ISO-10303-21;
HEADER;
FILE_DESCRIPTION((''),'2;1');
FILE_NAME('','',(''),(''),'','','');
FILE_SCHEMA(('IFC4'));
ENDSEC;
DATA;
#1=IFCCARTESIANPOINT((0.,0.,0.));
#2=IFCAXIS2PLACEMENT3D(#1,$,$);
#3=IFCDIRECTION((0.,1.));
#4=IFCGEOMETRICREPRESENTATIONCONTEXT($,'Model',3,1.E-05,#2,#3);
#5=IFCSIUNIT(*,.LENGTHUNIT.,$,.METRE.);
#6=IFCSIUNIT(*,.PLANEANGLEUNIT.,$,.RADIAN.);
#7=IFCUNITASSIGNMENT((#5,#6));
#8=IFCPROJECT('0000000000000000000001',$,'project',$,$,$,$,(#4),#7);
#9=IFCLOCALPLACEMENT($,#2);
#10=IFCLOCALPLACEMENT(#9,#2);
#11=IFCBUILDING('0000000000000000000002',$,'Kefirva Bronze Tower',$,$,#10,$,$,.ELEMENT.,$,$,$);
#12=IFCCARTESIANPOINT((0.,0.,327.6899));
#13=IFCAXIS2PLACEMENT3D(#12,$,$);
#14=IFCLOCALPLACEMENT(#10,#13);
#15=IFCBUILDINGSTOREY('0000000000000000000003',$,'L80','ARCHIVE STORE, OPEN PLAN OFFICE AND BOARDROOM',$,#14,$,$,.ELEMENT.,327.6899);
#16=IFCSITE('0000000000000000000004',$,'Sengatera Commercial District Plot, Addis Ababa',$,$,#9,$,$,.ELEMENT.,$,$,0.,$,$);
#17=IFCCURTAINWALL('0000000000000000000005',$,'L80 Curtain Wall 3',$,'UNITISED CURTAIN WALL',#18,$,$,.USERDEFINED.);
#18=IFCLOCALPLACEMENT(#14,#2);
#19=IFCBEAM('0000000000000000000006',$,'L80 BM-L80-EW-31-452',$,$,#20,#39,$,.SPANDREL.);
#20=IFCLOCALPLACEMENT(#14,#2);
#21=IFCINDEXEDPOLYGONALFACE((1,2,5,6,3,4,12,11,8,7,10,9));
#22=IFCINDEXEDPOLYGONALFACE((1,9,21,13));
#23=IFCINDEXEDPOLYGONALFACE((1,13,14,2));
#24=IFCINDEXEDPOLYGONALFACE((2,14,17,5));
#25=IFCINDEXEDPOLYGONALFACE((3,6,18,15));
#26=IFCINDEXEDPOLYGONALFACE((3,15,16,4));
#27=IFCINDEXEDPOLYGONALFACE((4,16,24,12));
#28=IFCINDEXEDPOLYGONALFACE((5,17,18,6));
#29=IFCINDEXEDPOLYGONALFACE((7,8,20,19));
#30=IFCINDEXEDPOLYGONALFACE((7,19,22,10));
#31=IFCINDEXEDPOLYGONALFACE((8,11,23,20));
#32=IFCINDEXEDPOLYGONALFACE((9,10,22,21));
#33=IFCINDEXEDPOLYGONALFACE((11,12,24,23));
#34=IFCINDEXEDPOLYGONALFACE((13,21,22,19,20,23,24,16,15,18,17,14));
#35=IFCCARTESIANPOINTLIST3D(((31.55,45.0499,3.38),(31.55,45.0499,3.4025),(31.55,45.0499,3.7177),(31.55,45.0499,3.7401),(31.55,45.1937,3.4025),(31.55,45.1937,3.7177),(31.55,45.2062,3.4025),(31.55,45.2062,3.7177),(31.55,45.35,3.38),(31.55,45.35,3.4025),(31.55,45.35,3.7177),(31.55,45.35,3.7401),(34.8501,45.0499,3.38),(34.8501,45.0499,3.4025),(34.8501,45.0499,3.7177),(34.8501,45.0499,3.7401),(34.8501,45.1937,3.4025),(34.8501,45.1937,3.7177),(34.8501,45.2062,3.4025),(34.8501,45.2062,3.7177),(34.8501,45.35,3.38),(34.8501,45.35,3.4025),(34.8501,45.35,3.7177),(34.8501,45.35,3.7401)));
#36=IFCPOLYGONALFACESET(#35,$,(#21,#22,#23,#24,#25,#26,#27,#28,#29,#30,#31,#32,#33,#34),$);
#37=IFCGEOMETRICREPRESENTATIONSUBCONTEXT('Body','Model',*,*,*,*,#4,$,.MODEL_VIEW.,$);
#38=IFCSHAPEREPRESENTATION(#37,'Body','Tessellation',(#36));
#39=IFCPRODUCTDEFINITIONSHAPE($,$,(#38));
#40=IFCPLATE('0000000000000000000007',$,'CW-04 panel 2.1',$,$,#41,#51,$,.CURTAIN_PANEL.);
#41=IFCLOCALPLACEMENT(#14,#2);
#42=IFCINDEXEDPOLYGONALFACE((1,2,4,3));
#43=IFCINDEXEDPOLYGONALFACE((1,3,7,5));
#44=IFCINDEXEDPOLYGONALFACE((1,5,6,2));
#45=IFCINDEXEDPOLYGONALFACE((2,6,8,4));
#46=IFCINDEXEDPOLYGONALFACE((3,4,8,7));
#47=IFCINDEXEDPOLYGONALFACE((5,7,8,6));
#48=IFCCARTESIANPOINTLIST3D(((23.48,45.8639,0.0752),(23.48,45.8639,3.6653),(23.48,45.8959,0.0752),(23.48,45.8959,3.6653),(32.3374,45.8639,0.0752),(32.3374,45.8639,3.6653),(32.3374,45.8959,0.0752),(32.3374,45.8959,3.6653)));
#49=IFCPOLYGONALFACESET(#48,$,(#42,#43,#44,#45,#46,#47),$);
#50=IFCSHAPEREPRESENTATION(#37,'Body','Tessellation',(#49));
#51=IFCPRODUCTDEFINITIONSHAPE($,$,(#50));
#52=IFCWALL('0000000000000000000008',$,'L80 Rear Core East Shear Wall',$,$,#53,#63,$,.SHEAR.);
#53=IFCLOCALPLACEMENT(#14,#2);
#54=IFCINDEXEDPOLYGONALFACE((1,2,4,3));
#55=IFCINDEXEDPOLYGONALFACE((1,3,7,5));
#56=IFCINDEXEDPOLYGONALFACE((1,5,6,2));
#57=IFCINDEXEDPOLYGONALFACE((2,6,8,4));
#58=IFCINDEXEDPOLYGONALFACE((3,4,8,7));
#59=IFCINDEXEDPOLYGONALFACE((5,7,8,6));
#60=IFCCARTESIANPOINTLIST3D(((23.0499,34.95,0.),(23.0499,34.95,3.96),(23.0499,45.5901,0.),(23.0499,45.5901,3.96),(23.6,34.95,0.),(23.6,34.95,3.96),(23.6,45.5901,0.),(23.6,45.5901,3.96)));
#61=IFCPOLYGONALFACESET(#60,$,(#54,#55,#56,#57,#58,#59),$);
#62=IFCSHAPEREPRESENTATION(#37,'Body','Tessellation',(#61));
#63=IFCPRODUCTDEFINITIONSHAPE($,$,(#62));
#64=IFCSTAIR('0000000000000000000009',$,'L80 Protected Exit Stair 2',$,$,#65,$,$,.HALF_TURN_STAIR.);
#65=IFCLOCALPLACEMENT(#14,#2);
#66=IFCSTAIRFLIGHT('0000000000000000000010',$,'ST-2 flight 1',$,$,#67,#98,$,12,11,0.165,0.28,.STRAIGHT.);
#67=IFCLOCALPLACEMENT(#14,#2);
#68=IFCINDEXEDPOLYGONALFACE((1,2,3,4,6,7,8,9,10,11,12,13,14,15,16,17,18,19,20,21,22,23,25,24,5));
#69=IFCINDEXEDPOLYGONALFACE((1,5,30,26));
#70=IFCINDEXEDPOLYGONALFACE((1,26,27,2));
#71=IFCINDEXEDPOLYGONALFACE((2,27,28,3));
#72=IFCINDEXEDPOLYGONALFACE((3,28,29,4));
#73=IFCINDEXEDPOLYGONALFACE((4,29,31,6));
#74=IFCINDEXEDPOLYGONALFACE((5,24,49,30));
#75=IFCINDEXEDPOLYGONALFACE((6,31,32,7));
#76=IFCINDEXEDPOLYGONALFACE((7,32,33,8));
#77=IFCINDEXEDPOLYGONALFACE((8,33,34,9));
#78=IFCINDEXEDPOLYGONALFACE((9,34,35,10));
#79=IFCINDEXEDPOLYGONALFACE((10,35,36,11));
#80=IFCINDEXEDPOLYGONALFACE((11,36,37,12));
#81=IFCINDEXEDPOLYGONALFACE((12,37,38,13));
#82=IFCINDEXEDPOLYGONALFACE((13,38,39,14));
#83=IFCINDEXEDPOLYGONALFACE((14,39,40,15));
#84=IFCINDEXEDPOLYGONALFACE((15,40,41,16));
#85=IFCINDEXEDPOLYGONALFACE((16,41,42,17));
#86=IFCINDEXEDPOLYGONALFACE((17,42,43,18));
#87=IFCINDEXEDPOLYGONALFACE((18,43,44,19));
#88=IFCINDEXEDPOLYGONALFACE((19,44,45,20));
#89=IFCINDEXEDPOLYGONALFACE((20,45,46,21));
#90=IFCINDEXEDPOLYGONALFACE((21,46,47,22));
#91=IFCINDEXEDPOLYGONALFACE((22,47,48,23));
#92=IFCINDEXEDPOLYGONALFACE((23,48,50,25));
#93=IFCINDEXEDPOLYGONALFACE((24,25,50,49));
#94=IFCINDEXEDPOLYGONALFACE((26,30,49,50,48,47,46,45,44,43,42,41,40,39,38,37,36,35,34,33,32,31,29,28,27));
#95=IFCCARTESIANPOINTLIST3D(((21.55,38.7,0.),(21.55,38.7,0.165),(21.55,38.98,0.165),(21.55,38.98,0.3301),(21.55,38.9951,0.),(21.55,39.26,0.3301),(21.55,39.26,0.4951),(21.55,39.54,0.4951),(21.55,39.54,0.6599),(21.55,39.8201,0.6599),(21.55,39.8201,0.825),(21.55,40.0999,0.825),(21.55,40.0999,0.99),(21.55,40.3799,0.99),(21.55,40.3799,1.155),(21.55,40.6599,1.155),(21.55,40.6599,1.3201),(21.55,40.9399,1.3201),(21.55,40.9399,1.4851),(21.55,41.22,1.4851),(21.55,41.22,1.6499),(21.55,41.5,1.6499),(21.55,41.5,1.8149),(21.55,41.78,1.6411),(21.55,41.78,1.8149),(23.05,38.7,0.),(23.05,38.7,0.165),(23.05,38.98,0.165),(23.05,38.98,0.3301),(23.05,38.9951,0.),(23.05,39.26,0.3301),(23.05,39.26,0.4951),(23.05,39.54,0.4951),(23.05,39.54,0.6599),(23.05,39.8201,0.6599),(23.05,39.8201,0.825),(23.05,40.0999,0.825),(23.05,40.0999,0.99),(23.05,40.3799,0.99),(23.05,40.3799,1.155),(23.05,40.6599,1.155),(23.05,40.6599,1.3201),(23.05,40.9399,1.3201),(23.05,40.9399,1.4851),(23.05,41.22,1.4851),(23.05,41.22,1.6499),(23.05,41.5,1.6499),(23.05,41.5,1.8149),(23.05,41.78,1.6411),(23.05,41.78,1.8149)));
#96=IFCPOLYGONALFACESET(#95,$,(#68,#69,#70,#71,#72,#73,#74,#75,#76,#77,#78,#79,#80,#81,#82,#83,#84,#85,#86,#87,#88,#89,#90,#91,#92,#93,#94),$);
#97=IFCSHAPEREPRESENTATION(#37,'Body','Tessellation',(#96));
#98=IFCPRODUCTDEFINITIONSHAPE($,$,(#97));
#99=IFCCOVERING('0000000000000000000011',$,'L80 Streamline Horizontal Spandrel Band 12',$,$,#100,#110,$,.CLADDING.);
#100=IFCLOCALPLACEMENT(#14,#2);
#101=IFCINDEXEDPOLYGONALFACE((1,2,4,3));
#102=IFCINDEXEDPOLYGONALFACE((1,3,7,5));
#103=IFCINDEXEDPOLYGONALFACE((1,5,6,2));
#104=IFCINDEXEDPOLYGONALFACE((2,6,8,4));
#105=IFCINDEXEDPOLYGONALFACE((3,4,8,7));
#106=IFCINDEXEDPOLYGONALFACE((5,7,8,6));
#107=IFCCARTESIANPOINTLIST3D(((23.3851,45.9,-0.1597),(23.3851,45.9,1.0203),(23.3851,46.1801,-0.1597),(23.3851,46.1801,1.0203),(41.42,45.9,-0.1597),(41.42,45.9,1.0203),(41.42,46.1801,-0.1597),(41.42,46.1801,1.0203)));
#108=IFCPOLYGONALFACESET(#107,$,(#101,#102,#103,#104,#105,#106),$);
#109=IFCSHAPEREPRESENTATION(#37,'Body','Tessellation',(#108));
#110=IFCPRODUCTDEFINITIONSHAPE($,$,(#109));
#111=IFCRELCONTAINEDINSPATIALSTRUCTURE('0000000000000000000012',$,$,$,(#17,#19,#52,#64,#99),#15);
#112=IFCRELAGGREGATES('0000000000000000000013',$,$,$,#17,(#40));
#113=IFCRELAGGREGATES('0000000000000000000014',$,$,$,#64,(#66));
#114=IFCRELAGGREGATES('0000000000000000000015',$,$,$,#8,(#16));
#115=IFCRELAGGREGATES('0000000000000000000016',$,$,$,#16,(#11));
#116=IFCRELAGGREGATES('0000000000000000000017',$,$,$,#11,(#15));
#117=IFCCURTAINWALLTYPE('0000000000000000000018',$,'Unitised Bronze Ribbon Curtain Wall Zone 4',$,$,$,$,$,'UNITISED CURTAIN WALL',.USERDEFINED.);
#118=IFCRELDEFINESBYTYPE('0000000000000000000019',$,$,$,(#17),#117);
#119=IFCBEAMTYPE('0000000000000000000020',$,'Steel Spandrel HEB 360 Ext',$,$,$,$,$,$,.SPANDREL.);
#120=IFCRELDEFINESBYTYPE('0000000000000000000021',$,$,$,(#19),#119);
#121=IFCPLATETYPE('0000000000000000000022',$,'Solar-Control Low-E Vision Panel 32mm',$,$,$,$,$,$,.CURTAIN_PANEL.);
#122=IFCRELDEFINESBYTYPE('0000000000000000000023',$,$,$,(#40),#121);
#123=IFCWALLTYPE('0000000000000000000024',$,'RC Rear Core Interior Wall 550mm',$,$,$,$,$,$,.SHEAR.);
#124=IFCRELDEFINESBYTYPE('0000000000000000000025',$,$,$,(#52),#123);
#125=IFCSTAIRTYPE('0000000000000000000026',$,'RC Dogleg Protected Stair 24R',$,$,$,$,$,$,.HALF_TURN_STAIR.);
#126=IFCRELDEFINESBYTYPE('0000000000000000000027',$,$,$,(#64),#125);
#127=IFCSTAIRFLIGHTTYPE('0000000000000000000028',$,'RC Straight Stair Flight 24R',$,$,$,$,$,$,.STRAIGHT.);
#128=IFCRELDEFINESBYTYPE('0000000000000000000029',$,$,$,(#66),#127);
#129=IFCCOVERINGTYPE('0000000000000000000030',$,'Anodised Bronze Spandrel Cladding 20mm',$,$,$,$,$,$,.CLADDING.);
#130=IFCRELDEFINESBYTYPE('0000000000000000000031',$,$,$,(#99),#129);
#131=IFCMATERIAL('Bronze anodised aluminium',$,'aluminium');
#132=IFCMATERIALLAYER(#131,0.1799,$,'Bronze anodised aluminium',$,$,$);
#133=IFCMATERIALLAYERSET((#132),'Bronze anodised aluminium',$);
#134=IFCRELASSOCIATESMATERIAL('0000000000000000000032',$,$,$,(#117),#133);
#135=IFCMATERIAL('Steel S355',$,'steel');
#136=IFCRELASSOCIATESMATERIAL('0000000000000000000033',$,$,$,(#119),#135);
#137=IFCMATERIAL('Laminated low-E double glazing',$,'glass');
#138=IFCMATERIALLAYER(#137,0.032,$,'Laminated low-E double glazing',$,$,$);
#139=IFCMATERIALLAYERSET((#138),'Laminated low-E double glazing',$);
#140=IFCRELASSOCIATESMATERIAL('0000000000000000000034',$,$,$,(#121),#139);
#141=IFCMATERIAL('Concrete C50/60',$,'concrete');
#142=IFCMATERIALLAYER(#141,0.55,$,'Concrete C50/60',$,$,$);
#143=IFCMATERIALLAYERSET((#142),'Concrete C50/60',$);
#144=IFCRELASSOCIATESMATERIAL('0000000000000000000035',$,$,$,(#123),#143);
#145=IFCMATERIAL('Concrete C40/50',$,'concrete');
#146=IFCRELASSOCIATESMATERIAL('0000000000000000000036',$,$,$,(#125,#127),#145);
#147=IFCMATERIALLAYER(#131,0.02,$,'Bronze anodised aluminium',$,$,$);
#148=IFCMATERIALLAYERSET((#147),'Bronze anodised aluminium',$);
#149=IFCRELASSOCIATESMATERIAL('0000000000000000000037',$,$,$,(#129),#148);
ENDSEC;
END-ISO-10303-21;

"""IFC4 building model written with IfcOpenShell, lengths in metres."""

from ifc_helpers import new_model, si_unit, direction, frame, frame_2d, origin, origin_2d, place, context, subcontext, project, spatial, polyline, rectangle, i_section, outline, extrude, material, layer, layer_set, material_profile, profile_set, type_object, element, aggregate, save


model = new_model("IFC4")

# Units and contexts
model_context = context("Model", 3, precision=1e-05, world=origin(), true_north=direction((0.0, 1.0)))
body_context = subcontext(model_context, "Body", "Model", "MODEL_VIEW")
ifc_project = project(units=[si_unit("LENGTHUNIT", "METRE"), si_unit("PLANEANGLEUNIT", "RADIAN")], contexts=[model_context])

# Site, building, storey
site_placement = place(None, origin())
site = spatial("IfcSite", under=ifc_project, at=site_placement, Name="Sengatera Commercial District Plot, Addis Ababa", CompositionType="ELEMENT", RefElevation=0.0)
building_placement = place(site_placement, origin())
building = spatial("IfcBuilding", under=site, at=building_placement, Name="Kefirva Bronze Tower", CompositionType="ELEMENT")
storey_placement = place(building_placement, frame((0.0, 0.0, 327.6899)))
storey = spatial("IfcBuildingStorey", under=building, at=storey_placement, Name="L80", Description="ARCHIVE STORE, OPEN PLAN OFFICE AND BOARDROOM", CompositionType="ELEMENT", Elevation=327.6899)

# Shared definitions
ifc_material_1 = material(Name="Concrete C50/60", Category="concrete")

# Curtain wall
ifc_material_2 = material(Name="Bronze anodised aluminium", Category="aluminium")
ifc_layer_1 = layer(ifc_material_2, 0.1799, Name="Bronze anodised aluminium")
ifc_layer_set_1 = layer_set([ifc_layer_1], Name="Bronze anodised aluminium")
curtain_wall_type = type_object("IfcCurtainWallType", Name="Unitised Bronze Ribbon Curtain Wall Zone 4", ElementType="UNITISED CURTAIN WALL", PredefinedType="USERDEFINED", material=ifc_layer_set_1)
curtain_wall_placement = place(storey_placement, origin())
curtain_wall = element("IfcCurtainWall", 1, at=curtain_wall_placement, inside=storey, type_object=curtain_wall_type, Name="L80 Curtain Wall 3", ObjectType="UNITISED CURTAIN WALL", PredefinedType="USERDEFINED")

# Beam
ifc_material_3 = material(Name="Steel S355", Category="steel")
ifc_material_profile_1 = material_profile(ifc_material_3, i_section(OverallWidth=0.3, OverallDepth=0.3601, WebThickness=0.0125, FlangeThickness=0.0225, at=origin_2d()), Name="HEB 360")
ifc_profile_set_1 = profile_set([ifc_material_profile_1], Name="Steel S355")
beam_type_1 = type_object("IfcBeamType", Name="Steel Spandrel HEB 360 Ext", PredefinedType="SPANDREL", material=ifc_profile_set_1)
beam_1_placement = place(storey_placement, frame((31.55, 45.2, 3.5601), z_axis=(1.0, 0.0, 0.0), x_axis=(0.0, 1.0, 0.0)))
element("IfcBeam", 2, at=beam_1_placement, inside=storey, type_object=beam_type_1, Name="L80 BM-L80-EW-31-452", PredefinedType="SPANDREL", context=body_context, shape_type="SweptSolid", body=[
    extrude(i_section(OverallWidth=0.3, OverallDepth=0.3601, WebThickness=0.0125, FlangeThickness=0.0225, at=origin_2d()), origin(), (0.0, 0.0, 1.0), 3.3),
])

# Plate
ifc_material_4 = material(Name="Laminated low-E double glazing", Category="glass")
ifc_layer_2 = layer(ifc_material_4, 0.032, Name="Laminated low-E double glazing")
ifc_layer_set_2 = layer_set([ifc_layer_2], Name="Laminated low-E double glazing")
plate_type = type_object("IfcPlateType", Name="Solar-Control Low-E Vision Panel 32mm", PredefinedType="CURTAIN_PANEL", material=ifc_layer_set_2)
plate_placement = place(storey_placement, frame((27.9087, 45.8799, 0.0752), z_axis=(0.0, 0.0, 1.0), x_axis=(-1.0, 0.0, 0.0)))
plate = element("IfcPlate", 3, at=plate_placement, type_object=plate_type, Name="CW-04 panel 2.1", PredefinedType="CURTAIN_PANEL", context=body_context, shape_type="SweptSolid", body=[
    extrude(rectangle(XDim=8.8574, YDim=0.032, at=origin_2d()), origin(), (0.0, 0.0, 1.0), 3.5901),
])
aggregate(curtain_wall, [plate])

# Wall
ifc_layer_3 = layer(ifc_material_1, 0.55, Name="Concrete C50/60")
ifc_layer_set_3 = layer_set([ifc_layer_3], Name="Concrete C50/60")
wall_type = type_object("IfcWallType", Name="RC Rear Core Interior Wall 550mm", PredefinedType="SHEAR", material=ifc_layer_set_3)
wall_placement = place(storey_placement, frame((23.325, 34.95, 0.0), z_axis=(0.0, 0.0, 1.0), x_axis=(0.0, 1.0, 0.0)))
element("IfcWall", 4, at=wall_placement, inside=storey, type_object=wall_type, Name="L80 Rear Core East Shear Wall", PredefinedType="SHEAR", context=body_context, shape_type="SweptSolid", body=[
    extrude(rectangle(XDim=10.6401, YDim=0.55, at=frame_2d((5.3201, 0.0))), origin(), (0.0, 0.0, 1.0), 3.96),
])

# Stair, stair flight
ifc_material_5 = material(Name="Concrete C40/50", Category="concrete")
stair_type = type_object("IfcStairType", Name="RC Dogleg Protected Stair 24R", PredefinedType="HALF_TURN_STAIR", material=ifc_material_5)
stair_placement = place(storey_placement, origin())
stair = element("IfcStair", 5, at=stair_placement, inside=storey, type_object=stair_type, Name="L80 Protected Exit Stair 2", PredefinedType="HALF_TURN_STAIR")
stair_flight_type = type_object("IfcStairFlightType", Name="RC Straight Stair Flight 24R", PredefinedType="STRAIGHT", material=ifc_material_5)
stair_flight_placement = place(storey_placement, frame((22.3, 38.7, 0.0), z_axis=(0.0, 0.0, 1.0), x_axis=(0.0, 1.0, 0.0)))
stair_flight = element("IfcStairFlight", 6, at=stair_flight_placement, type_object=stair_flight_type, Name="ST-2 flight 1", NumberOfRisers=12, NumberOfTreads=11, PredefinedType="STRAIGHT", RiserHeight=0.165, TreadLength=0.28, context=body_context, shape_type="SweptSolid", body=[
    extrude(outline(polyline([(0.0, 0.0), (0.0, 0.165), (0.28, 0.165), (0.28, 0.3301), (0.5601, 0.3301), (0.5601, 0.4951), (0.8401, 0.4951), (0.8401, 0.6599), (1.1201, 0.6599), (1.1201, 0.825), (1.3999, 0.825), (1.3999, 0.99), (1.6799, 0.99), (1.6799, 1.155), (1.96, 1.155), (1.96, 1.3201), (2.24, 1.3201), (2.24, 1.4851), (2.52, 1.4851), (2.52, 1.6499), (2.8, 1.6499), (2.8, 1.8149), (3.0801, 1.8149), (3.0801, 1.98), (3.0801, 1.6411), (0.2952, 0.0), (0.0, 0.0)])), frame((0.0, 0.75, 0.0), z_axis=(0.0, -1.0, 0.0), x_axis=(1.0, 0.0, 0.0)), (0.0, 0.0, 1.0), 1.5),
])
aggregate(stair, [stair_flight])

# Covering
ifc_layer_4 = layer(ifc_material_2, 0.02, Name="Bronze anodised aluminium")
ifc_layer_set_4 = layer_set([ifc_layer_4], Name="Bronze anodised aluminium")
covering_type_1 = type_object("IfcCoveringType", Name="Anodised Bronze Spandrel Cladding 20mm", PredefinedType="CLADDING", material=ifc_layer_set_4)
covering_1_placement = place(storey_placement, frame((32.4026, 46.04, -0.1597), z_axis=(0.0, 0.0, 1.0), x_axis=(-1.0, 0.0, 0.0)))
element("IfcCovering", 7, at=covering_1_placement, inside=storey, type_object=covering_type_1, Name="L80 Streamline Horizontal Spandrel Band 12", PredefinedType="CLADDING", context=body_context, shape_type="SweptSolid", body=[
    extrude(rectangle(XDim=18.0349, YDim=0.28, at=origin_2d()), origin(), (0.0, 0.0, 1.0), 1.1799),
])

save(model, "model.ifc")
